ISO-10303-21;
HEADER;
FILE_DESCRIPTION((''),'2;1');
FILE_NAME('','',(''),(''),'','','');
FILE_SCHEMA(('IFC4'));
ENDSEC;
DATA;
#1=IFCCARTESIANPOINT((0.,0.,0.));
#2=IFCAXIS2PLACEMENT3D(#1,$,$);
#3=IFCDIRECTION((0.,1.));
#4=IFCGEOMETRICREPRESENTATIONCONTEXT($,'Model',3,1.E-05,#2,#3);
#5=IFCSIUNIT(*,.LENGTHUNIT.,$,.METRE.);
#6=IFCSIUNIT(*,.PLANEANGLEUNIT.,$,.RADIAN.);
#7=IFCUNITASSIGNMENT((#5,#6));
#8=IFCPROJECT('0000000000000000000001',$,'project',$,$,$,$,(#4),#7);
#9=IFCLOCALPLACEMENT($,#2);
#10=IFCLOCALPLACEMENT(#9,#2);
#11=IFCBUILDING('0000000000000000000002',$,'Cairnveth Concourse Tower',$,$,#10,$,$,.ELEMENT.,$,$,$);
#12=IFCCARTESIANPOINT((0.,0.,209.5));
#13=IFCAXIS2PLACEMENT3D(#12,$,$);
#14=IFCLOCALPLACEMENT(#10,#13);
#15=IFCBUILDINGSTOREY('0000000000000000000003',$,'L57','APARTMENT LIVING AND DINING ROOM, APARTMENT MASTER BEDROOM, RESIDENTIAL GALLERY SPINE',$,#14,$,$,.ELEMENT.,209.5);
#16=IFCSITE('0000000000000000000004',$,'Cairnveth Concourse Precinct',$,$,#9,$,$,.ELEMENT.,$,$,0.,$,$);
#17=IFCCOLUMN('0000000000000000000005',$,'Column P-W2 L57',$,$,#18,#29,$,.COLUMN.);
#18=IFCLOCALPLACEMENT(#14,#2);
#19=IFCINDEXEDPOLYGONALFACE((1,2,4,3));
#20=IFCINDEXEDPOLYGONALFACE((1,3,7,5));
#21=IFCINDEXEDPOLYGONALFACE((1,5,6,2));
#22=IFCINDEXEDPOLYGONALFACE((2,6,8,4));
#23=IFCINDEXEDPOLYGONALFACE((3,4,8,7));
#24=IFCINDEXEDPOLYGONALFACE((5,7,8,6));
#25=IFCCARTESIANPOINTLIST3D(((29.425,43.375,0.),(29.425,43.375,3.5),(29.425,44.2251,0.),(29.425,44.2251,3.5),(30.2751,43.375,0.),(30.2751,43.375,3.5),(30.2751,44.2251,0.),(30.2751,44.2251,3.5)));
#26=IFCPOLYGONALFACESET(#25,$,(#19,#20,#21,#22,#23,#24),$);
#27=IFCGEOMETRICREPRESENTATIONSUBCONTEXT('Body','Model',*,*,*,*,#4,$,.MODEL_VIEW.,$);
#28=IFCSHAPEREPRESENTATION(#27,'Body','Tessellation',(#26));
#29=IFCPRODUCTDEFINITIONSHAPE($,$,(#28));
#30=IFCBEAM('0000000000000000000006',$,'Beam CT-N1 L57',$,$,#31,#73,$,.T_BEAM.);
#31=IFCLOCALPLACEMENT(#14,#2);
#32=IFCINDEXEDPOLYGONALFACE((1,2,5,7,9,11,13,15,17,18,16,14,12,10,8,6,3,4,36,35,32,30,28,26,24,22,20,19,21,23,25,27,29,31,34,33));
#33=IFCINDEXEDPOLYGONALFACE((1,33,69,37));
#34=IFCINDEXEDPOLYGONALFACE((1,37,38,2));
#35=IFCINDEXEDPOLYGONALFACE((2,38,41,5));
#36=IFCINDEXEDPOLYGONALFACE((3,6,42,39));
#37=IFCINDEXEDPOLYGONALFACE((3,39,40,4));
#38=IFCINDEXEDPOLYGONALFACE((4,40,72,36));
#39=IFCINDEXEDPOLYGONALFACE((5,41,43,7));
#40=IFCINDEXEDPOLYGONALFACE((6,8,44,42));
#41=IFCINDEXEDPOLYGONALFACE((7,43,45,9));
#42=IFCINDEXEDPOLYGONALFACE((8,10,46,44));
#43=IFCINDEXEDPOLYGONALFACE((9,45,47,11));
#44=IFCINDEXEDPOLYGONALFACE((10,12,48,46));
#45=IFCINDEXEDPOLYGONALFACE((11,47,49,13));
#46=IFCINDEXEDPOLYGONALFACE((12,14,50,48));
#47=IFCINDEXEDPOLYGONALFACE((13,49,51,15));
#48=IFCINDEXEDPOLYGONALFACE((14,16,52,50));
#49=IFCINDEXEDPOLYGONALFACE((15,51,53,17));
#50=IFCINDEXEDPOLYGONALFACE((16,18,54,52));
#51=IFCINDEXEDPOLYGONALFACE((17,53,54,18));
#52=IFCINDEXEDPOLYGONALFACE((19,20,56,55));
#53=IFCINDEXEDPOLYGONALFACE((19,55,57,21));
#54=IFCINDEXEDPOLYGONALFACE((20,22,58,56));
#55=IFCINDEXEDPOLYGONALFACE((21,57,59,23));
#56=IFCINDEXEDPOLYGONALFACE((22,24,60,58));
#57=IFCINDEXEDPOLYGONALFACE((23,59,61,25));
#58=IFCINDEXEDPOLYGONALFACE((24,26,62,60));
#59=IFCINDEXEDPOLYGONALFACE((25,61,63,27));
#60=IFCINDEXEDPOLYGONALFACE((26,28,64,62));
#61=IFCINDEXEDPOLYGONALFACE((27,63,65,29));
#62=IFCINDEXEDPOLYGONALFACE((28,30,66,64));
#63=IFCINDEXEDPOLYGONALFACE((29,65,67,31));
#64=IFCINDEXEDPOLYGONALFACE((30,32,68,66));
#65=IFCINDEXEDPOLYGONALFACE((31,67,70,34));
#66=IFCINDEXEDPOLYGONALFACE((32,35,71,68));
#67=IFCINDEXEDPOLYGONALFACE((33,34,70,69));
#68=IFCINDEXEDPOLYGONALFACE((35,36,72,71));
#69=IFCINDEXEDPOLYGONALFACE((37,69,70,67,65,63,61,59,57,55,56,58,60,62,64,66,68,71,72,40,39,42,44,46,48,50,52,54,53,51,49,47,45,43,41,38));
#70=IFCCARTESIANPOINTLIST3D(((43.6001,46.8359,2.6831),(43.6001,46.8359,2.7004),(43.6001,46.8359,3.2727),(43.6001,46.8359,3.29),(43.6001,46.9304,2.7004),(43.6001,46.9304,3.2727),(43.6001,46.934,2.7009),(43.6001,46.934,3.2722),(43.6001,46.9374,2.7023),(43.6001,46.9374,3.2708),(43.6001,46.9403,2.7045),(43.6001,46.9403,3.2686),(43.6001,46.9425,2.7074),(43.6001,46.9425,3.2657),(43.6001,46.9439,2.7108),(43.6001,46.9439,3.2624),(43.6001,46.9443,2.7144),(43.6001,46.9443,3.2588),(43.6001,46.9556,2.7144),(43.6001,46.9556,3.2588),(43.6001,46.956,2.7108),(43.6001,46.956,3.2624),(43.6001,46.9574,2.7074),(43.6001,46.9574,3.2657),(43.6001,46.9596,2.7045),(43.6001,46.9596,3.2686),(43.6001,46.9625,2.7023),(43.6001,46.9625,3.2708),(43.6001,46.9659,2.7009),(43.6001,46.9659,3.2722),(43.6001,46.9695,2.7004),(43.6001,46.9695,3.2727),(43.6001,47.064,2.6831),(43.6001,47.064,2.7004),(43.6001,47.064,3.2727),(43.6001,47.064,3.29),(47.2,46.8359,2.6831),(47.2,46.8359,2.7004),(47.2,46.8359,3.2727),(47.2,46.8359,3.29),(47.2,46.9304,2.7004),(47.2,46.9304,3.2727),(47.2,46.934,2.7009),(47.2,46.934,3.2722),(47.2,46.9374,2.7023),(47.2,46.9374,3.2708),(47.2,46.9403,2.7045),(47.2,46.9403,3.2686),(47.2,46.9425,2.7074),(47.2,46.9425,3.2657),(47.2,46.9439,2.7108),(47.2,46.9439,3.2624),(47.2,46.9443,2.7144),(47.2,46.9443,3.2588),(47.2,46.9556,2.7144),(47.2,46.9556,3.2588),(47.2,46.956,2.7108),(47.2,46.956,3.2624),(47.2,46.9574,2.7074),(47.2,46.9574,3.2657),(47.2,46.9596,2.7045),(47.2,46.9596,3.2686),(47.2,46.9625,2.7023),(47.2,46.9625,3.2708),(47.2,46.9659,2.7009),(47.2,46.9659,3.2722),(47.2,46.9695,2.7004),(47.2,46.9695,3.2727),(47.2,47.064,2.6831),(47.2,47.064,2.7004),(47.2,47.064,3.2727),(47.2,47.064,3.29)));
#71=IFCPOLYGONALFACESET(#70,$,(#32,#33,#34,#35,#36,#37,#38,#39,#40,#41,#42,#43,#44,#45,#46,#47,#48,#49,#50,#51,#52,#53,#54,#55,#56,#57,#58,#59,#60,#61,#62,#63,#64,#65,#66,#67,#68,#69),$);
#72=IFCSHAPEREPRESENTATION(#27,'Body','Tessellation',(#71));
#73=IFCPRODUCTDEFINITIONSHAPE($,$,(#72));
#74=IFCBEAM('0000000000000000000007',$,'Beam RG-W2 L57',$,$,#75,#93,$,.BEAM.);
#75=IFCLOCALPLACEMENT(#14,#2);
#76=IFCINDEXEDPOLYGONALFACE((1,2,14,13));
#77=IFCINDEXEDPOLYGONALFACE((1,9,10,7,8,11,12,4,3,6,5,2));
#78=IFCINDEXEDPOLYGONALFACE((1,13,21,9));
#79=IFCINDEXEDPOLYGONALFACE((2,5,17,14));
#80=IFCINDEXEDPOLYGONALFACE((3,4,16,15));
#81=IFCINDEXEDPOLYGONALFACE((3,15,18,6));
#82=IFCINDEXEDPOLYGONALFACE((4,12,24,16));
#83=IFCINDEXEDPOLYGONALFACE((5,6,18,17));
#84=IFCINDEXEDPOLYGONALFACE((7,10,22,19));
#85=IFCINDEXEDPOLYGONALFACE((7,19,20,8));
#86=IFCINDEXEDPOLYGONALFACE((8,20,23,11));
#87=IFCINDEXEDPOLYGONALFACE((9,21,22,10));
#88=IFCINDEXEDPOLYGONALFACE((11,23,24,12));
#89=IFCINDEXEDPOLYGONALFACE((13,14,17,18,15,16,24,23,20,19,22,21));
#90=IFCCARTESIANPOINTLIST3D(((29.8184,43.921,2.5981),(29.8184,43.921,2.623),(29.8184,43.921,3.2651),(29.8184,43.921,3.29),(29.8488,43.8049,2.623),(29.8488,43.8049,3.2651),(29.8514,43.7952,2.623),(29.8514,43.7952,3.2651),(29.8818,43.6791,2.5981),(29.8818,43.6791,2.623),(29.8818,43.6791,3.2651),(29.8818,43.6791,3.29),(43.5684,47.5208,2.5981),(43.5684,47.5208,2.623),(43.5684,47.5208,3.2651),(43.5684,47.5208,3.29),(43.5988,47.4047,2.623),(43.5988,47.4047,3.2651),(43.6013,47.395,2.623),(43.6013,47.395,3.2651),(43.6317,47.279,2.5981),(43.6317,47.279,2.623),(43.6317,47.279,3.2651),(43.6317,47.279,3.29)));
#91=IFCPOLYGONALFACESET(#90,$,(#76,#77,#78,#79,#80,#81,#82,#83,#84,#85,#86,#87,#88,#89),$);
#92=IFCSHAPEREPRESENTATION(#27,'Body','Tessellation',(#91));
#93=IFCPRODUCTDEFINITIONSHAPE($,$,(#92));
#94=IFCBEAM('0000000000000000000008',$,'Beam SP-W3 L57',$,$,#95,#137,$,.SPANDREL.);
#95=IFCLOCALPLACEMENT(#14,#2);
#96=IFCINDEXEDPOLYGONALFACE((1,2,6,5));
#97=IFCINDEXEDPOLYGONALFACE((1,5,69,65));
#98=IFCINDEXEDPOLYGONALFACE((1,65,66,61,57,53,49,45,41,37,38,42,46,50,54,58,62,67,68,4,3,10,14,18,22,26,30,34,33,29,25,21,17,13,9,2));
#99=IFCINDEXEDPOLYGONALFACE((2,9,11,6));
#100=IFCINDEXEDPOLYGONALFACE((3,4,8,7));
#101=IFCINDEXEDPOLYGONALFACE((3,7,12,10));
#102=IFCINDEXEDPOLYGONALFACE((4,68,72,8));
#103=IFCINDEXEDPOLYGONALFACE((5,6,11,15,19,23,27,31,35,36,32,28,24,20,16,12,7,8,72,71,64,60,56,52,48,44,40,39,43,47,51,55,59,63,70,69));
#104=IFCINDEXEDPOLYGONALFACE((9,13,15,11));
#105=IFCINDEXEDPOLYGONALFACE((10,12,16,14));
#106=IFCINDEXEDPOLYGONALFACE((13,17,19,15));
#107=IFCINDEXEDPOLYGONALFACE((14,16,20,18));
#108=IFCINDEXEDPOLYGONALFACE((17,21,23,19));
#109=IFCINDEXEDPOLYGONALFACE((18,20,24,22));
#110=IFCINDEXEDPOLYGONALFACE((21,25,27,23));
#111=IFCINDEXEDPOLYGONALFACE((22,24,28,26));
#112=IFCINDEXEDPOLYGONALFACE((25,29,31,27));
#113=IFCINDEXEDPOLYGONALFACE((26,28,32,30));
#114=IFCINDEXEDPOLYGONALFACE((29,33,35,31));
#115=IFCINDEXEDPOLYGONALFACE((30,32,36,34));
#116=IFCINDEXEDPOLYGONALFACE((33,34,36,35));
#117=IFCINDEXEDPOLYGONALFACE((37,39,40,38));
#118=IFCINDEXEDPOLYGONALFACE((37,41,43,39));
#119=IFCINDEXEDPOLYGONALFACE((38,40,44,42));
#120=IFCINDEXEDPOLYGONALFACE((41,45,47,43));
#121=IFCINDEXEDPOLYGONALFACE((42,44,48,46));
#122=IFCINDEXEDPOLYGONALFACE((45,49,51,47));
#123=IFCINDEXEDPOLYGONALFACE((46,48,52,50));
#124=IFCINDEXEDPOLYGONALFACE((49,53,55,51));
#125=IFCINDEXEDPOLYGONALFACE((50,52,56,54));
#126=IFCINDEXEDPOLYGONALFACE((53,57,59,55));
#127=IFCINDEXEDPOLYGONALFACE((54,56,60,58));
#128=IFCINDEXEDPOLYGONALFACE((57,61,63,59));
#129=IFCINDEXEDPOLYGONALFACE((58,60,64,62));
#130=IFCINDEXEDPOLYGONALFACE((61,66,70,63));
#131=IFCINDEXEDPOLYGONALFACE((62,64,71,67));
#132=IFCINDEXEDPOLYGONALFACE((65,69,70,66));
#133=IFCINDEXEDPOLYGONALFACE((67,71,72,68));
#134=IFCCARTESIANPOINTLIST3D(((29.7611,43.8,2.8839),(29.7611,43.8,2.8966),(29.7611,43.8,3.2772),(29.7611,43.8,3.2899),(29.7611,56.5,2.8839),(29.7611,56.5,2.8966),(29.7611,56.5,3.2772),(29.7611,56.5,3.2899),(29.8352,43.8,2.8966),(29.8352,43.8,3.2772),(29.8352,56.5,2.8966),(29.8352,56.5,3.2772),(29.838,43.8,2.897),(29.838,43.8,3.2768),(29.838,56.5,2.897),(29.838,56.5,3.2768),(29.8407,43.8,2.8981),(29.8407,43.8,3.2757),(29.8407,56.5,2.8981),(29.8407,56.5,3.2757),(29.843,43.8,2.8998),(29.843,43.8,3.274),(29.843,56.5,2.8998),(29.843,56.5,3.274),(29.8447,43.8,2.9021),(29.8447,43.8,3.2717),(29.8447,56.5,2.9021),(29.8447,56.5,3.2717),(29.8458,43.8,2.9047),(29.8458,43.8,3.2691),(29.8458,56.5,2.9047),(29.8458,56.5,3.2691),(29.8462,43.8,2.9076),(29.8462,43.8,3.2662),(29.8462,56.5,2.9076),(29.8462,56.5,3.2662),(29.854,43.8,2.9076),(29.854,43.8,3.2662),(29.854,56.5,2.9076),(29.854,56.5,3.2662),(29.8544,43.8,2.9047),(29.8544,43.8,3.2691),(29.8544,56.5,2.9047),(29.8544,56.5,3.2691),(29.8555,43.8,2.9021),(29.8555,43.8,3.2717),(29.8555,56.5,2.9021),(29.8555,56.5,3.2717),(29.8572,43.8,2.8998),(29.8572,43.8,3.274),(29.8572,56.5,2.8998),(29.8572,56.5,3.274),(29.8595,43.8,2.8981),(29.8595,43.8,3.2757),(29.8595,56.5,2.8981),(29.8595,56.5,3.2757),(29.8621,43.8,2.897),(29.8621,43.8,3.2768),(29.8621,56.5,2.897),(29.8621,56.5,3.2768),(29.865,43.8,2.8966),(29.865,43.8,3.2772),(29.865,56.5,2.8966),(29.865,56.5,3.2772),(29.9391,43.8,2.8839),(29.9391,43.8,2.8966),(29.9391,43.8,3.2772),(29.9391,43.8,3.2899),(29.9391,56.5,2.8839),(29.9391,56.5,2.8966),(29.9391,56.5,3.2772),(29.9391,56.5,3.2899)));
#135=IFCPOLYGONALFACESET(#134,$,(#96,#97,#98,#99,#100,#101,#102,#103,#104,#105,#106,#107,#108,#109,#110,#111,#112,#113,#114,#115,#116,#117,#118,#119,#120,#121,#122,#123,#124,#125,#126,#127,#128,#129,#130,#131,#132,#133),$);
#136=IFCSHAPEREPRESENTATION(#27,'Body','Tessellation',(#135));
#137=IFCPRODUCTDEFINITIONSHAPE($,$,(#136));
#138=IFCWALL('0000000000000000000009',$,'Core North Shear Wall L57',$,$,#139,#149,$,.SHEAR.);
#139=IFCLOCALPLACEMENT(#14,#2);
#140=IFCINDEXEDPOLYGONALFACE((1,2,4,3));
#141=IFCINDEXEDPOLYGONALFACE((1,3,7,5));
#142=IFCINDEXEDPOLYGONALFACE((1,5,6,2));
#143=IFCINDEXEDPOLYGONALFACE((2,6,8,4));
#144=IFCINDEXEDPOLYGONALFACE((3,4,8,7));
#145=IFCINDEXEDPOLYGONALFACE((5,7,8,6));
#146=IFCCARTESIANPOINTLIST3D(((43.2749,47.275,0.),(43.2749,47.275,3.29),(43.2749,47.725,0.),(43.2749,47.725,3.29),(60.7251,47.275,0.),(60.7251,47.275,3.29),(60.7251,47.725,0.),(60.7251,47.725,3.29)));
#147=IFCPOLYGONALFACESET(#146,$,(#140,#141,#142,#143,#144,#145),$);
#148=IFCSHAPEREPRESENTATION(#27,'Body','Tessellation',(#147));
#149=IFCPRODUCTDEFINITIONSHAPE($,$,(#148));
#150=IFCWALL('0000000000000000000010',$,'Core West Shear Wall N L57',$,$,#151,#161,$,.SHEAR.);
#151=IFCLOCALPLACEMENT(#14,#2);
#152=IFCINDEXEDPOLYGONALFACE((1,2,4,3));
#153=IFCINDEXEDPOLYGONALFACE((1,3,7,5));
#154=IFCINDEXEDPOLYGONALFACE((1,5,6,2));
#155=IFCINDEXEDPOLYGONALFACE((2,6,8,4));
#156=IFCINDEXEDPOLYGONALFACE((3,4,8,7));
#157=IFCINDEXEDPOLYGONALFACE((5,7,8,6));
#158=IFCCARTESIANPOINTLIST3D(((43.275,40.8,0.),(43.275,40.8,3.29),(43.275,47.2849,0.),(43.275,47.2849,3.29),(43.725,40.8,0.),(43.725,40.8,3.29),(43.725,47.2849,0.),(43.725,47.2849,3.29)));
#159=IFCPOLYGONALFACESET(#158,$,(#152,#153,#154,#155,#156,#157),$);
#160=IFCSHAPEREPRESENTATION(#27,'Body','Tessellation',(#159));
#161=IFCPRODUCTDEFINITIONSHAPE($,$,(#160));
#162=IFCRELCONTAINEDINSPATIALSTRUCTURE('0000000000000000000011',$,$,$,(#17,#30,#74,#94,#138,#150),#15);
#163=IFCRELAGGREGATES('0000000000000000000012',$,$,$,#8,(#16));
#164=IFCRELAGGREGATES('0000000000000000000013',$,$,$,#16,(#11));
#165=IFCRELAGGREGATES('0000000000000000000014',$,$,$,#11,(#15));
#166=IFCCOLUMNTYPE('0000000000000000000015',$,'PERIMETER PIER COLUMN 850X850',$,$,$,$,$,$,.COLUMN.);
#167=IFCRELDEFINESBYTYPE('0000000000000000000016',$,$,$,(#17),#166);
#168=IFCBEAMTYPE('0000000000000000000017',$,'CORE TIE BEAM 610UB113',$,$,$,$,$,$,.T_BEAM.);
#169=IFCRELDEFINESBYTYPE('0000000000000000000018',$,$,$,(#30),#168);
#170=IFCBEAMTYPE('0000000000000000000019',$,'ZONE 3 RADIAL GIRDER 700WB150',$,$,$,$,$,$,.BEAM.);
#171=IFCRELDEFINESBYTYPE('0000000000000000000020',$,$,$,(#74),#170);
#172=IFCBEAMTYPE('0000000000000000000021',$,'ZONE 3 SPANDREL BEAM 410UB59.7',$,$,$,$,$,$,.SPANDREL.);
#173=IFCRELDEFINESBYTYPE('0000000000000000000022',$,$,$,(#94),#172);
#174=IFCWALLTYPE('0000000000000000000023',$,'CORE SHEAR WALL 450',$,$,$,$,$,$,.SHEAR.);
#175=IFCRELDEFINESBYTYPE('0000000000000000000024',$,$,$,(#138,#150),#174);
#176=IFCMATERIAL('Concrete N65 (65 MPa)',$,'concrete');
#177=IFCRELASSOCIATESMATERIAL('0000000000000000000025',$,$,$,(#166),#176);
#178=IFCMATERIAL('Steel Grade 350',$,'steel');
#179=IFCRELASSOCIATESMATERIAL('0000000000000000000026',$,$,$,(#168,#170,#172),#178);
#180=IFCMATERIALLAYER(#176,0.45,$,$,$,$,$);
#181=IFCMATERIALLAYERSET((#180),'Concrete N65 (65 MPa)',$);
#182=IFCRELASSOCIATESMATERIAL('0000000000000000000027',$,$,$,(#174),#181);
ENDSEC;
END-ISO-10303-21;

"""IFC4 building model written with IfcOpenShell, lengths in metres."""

from ifc_helpers import new_model, si_unit, direction, frame, frame_2d, origin, origin_2d, place, context, subcontext, project, spatial, rectangle, i_section, extrude, material, layer, layer_set, material_profile, profile_set, type_object, element, save


model = new_model("IFC4")

# Units and contexts
model_context = context("Model", 3, precision=1e-05, world=origin(), true_north=direction((0.0, 1.0)))
body_context = subcontext(model_context, "Body", "Model", "MODEL_VIEW")
ifc_project = project(units=[si_unit("LENGTHUNIT", "METRE"), si_unit("PLANEANGLEUNIT", "RADIAN")], contexts=[model_context])

# Site, building, storey
site_placement = place(None, origin())
site = spatial("IfcSite", under=ifc_project, at=site_placement, Name="Cairnveth Concourse Precinct", CompositionType="ELEMENT", RefElevation=0.0)
building_placement = place(site_placement, origin())
building = spatial("IfcBuilding", under=site, at=building_placement, Name="Cairnveth Concourse Tower", CompositionType="ELEMENT")
storey_placement = place(building_placement, frame((0.0, 0.0, 209.5)))
storey = spatial("IfcBuildingStorey", under=building, at=storey_placement, Name="L57", Description="APARTMENT LIVING AND DINING ROOM, APARTMENT MASTER BEDROOM, RESIDENTIAL GALLERY SPINE", CompositionType="ELEMENT", Elevation=209.5)

# Column
ifc_material_1 = material(Name="Concrete N65 (65 MPa)", Category="concrete")
ifc_material_profile_1 = material_profile(ifc_material_1, rectangle(XDim=0.8501, YDim=0.8501, at=origin_2d()), Name="RC-COL-850x850")
ifc_profile_set_1 = profile_set([ifc_material_profile_1], Name="Concrete N65 (65 MPa)")
column_type = type_object("IfcColumnType", Name="PERIMETER PIER COLUMN 850X850", PredefinedType="COLUMN", material=ifc_profile_set_1)
column_placement = place(storey_placement, frame((29.8501, 43.8, 0.0), z_axis=(0.0, 0.0, 1.0), x_axis=(0.0, 1.0, 0.0)))
element("IfcColumn", 1, at=column_placement, inside=storey, type_object=column_type, Name="Column P-W2 L57", PredefinedType="COLUMN", context=body_context, shape_type="SweptSolid", body=[
    extrude(rectangle(XDim=0.8501, YDim=0.8501, at=origin_2d()), origin(), (0.0, 0.0, 1.0), 3.5),
])

# Beams
ifc_material_2 = material(Name="Steel Grade 350", Category="steel")
ifc_material_profile_2 = material_profile(ifc_material_2, i_section(OverallWidth=0.228, OverallDepth=0.6069, WebThickness=0.0112, FlangeThickness=0.0173, FilletRadius=0.0139, at=origin_2d()), Name="610UB113")
ifc_profile_set_2 = profile_set([ifc_material_profile_2], Name="Steel Grade 350")
beam_type_1 = type_object("IfcBeamType", Name="CORE TIE BEAM 610UB113", PredefinedType="T_BEAM", material=ifc_profile_set_2)
beam_1_placement = place(storey_placement, frame((43.6001, 46.95, 2.9866), z_axis=(1.0, 0.0, 0.0), x_axis=(0.0, 1.0, 0.0)))
element("IfcBeam", 2, at=beam_1_placement, inside=storey, type_object=beam_type_1, Name="Beam CT-N1 L57", PredefinedType="T_BEAM", context=body_context, shape_type="SweptSolid", body=[
    extrude(i_section(OverallWidth=0.228, OverallDepth=0.6069, WebThickness=0.0112, FlangeThickness=0.0173, FilletRadius=0.0139, at=origin_2d()), origin(), (0.0, 0.0, 1.0), 3.5999),
])
ifc_material_profile_3 = material_profile(ifc_material_2, i_section(OverallWidth=0.25, OverallDepth=0.6919, WebThickness=0.01, FlangeThickness=0.0249, at=origin_2d()), Name="700WB150")
ifc_profile_set_3 = profile_set([ifc_material_profile_3], Name="Steel Grade 350")
beam_type_2 = type_object("IfcBeamType", Name="ZONE 3 RADIAL GIRDER 700WB150", PredefinedType="BEAM", material=ifc_profile_set_3)
beam_2_placement = place(storey_placement, frame((29.8501, 43.8, 2.9441), z_axis=(0.967395, 0.253271, 0.0), x_axis=(-0.253271, 0.967395, 0.0)))
element("IfcBeam", 3, at=beam_2_placement, inside=storey, type_object=beam_type_2, Name="Beam RG-W2 L57", PredefinedType="BEAM", context=body_context, shape_type="SweptSolid", body=[
    extrude(i_section(OverallWidth=0.25, OverallDepth=0.6919, WebThickness=0.01, FlangeThickness=0.0249, at=origin_2d()), origin(), (0.0, 0.0, 1.0), 14.2134),
])
ifc_material_profile_4 = material_profile(ifc_material_2, i_section(OverallWidth=0.178, OverallDepth=0.406, WebThickness=0.0078, FlangeThickness=0.0127, FilletRadius=0.011, at=origin_2d()), Name="410UB59.7")
ifc_profile_set_4 = profile_set([ifc_material_profile_4], Name="Steel Grade 350")
beam_type_3 = type_object("IfcBeamType", Name="ZONE 3 SPANDREL BEAM 410UB59.7", PredefinedType="SPANDREL", material=ifc_profile_set_4)
beam_3_placement = place(storey_placement, frame((29.8501, 43.8, 3.0869), z_axis=(0.0, 1.0, 0.0), x_axis=(-1.0, 0.0, 0.0)))
element("IfcBeam", 4, at=beam_3_placement, inside=storey, type_object=beam_type_3, Name="Beam SP-W3 L57", PredefinedType="SPANDREL", context=body_context, shape_type="SweptSolid", body=[
    extrude(i_section(OverallWidth=0.178, OverallDepth=0.406, WebThickness=0.0078, FlangeThickness=0.0127, FilletRadius=0.011, at=origin_2d()), origin(), (0.0, 0.0, 1.0), 12.7),
])

# Walls
ifc_layer_1 = layer(ifc_material_1, 0.45)
ifc_layer_set_1 = layer_set([ifc_layer_1], Name="Concrete N65 (65 MPa)")
wall_type_1 = type_object("IfcWallType", Name="CORE SHEAR WALL 450", PredefinedType="SHEAR", material=ifc_layer_set_1)
wall_1_placement = place(storey_placement, frame((43.2749, 47.5, 0.0), z_axis=(0.0, 0.0, 1.0), x_axis=(1.0, 0.0, 0.0)))
element("IfcWall", 5, at=wall_1_placement, inside=storey, type_object=wall_type_1, Name="Core North Shear Wall L57", PredefinedType="SHEAR", context=body_context, shape_type="SweptSolid", body=[
    extrude(rectangle(XDim=17.4502, YDim=0.45, at=frame_2d((8.7251, 0.0))), origin(), (0.0, 0.0, 1.0), 3.29),
])
wall_2_placement = place(storey_placement, frame((43.5, 40.8, 0.0), z_axis=(0.0, 0.0, 1.0), x_axis=(0.0, 1.0, 0.0)))
element("IfcWall", 6, at=wall_2_placement, inside=storey, type_object=wall_type_1, Name="Core West Shear Wall N L57", PredefinedType="SHEAR", context=body_context, shape_type="SweptSolid", body=[
    extrude(rectangle(XDim=6.4849, YDim=0.45, at=frame_2d((3.2424, 0.0))), origin(), (0.0, 0.0, 1.0), 3.29),
])

save(model, "model.ifc")
